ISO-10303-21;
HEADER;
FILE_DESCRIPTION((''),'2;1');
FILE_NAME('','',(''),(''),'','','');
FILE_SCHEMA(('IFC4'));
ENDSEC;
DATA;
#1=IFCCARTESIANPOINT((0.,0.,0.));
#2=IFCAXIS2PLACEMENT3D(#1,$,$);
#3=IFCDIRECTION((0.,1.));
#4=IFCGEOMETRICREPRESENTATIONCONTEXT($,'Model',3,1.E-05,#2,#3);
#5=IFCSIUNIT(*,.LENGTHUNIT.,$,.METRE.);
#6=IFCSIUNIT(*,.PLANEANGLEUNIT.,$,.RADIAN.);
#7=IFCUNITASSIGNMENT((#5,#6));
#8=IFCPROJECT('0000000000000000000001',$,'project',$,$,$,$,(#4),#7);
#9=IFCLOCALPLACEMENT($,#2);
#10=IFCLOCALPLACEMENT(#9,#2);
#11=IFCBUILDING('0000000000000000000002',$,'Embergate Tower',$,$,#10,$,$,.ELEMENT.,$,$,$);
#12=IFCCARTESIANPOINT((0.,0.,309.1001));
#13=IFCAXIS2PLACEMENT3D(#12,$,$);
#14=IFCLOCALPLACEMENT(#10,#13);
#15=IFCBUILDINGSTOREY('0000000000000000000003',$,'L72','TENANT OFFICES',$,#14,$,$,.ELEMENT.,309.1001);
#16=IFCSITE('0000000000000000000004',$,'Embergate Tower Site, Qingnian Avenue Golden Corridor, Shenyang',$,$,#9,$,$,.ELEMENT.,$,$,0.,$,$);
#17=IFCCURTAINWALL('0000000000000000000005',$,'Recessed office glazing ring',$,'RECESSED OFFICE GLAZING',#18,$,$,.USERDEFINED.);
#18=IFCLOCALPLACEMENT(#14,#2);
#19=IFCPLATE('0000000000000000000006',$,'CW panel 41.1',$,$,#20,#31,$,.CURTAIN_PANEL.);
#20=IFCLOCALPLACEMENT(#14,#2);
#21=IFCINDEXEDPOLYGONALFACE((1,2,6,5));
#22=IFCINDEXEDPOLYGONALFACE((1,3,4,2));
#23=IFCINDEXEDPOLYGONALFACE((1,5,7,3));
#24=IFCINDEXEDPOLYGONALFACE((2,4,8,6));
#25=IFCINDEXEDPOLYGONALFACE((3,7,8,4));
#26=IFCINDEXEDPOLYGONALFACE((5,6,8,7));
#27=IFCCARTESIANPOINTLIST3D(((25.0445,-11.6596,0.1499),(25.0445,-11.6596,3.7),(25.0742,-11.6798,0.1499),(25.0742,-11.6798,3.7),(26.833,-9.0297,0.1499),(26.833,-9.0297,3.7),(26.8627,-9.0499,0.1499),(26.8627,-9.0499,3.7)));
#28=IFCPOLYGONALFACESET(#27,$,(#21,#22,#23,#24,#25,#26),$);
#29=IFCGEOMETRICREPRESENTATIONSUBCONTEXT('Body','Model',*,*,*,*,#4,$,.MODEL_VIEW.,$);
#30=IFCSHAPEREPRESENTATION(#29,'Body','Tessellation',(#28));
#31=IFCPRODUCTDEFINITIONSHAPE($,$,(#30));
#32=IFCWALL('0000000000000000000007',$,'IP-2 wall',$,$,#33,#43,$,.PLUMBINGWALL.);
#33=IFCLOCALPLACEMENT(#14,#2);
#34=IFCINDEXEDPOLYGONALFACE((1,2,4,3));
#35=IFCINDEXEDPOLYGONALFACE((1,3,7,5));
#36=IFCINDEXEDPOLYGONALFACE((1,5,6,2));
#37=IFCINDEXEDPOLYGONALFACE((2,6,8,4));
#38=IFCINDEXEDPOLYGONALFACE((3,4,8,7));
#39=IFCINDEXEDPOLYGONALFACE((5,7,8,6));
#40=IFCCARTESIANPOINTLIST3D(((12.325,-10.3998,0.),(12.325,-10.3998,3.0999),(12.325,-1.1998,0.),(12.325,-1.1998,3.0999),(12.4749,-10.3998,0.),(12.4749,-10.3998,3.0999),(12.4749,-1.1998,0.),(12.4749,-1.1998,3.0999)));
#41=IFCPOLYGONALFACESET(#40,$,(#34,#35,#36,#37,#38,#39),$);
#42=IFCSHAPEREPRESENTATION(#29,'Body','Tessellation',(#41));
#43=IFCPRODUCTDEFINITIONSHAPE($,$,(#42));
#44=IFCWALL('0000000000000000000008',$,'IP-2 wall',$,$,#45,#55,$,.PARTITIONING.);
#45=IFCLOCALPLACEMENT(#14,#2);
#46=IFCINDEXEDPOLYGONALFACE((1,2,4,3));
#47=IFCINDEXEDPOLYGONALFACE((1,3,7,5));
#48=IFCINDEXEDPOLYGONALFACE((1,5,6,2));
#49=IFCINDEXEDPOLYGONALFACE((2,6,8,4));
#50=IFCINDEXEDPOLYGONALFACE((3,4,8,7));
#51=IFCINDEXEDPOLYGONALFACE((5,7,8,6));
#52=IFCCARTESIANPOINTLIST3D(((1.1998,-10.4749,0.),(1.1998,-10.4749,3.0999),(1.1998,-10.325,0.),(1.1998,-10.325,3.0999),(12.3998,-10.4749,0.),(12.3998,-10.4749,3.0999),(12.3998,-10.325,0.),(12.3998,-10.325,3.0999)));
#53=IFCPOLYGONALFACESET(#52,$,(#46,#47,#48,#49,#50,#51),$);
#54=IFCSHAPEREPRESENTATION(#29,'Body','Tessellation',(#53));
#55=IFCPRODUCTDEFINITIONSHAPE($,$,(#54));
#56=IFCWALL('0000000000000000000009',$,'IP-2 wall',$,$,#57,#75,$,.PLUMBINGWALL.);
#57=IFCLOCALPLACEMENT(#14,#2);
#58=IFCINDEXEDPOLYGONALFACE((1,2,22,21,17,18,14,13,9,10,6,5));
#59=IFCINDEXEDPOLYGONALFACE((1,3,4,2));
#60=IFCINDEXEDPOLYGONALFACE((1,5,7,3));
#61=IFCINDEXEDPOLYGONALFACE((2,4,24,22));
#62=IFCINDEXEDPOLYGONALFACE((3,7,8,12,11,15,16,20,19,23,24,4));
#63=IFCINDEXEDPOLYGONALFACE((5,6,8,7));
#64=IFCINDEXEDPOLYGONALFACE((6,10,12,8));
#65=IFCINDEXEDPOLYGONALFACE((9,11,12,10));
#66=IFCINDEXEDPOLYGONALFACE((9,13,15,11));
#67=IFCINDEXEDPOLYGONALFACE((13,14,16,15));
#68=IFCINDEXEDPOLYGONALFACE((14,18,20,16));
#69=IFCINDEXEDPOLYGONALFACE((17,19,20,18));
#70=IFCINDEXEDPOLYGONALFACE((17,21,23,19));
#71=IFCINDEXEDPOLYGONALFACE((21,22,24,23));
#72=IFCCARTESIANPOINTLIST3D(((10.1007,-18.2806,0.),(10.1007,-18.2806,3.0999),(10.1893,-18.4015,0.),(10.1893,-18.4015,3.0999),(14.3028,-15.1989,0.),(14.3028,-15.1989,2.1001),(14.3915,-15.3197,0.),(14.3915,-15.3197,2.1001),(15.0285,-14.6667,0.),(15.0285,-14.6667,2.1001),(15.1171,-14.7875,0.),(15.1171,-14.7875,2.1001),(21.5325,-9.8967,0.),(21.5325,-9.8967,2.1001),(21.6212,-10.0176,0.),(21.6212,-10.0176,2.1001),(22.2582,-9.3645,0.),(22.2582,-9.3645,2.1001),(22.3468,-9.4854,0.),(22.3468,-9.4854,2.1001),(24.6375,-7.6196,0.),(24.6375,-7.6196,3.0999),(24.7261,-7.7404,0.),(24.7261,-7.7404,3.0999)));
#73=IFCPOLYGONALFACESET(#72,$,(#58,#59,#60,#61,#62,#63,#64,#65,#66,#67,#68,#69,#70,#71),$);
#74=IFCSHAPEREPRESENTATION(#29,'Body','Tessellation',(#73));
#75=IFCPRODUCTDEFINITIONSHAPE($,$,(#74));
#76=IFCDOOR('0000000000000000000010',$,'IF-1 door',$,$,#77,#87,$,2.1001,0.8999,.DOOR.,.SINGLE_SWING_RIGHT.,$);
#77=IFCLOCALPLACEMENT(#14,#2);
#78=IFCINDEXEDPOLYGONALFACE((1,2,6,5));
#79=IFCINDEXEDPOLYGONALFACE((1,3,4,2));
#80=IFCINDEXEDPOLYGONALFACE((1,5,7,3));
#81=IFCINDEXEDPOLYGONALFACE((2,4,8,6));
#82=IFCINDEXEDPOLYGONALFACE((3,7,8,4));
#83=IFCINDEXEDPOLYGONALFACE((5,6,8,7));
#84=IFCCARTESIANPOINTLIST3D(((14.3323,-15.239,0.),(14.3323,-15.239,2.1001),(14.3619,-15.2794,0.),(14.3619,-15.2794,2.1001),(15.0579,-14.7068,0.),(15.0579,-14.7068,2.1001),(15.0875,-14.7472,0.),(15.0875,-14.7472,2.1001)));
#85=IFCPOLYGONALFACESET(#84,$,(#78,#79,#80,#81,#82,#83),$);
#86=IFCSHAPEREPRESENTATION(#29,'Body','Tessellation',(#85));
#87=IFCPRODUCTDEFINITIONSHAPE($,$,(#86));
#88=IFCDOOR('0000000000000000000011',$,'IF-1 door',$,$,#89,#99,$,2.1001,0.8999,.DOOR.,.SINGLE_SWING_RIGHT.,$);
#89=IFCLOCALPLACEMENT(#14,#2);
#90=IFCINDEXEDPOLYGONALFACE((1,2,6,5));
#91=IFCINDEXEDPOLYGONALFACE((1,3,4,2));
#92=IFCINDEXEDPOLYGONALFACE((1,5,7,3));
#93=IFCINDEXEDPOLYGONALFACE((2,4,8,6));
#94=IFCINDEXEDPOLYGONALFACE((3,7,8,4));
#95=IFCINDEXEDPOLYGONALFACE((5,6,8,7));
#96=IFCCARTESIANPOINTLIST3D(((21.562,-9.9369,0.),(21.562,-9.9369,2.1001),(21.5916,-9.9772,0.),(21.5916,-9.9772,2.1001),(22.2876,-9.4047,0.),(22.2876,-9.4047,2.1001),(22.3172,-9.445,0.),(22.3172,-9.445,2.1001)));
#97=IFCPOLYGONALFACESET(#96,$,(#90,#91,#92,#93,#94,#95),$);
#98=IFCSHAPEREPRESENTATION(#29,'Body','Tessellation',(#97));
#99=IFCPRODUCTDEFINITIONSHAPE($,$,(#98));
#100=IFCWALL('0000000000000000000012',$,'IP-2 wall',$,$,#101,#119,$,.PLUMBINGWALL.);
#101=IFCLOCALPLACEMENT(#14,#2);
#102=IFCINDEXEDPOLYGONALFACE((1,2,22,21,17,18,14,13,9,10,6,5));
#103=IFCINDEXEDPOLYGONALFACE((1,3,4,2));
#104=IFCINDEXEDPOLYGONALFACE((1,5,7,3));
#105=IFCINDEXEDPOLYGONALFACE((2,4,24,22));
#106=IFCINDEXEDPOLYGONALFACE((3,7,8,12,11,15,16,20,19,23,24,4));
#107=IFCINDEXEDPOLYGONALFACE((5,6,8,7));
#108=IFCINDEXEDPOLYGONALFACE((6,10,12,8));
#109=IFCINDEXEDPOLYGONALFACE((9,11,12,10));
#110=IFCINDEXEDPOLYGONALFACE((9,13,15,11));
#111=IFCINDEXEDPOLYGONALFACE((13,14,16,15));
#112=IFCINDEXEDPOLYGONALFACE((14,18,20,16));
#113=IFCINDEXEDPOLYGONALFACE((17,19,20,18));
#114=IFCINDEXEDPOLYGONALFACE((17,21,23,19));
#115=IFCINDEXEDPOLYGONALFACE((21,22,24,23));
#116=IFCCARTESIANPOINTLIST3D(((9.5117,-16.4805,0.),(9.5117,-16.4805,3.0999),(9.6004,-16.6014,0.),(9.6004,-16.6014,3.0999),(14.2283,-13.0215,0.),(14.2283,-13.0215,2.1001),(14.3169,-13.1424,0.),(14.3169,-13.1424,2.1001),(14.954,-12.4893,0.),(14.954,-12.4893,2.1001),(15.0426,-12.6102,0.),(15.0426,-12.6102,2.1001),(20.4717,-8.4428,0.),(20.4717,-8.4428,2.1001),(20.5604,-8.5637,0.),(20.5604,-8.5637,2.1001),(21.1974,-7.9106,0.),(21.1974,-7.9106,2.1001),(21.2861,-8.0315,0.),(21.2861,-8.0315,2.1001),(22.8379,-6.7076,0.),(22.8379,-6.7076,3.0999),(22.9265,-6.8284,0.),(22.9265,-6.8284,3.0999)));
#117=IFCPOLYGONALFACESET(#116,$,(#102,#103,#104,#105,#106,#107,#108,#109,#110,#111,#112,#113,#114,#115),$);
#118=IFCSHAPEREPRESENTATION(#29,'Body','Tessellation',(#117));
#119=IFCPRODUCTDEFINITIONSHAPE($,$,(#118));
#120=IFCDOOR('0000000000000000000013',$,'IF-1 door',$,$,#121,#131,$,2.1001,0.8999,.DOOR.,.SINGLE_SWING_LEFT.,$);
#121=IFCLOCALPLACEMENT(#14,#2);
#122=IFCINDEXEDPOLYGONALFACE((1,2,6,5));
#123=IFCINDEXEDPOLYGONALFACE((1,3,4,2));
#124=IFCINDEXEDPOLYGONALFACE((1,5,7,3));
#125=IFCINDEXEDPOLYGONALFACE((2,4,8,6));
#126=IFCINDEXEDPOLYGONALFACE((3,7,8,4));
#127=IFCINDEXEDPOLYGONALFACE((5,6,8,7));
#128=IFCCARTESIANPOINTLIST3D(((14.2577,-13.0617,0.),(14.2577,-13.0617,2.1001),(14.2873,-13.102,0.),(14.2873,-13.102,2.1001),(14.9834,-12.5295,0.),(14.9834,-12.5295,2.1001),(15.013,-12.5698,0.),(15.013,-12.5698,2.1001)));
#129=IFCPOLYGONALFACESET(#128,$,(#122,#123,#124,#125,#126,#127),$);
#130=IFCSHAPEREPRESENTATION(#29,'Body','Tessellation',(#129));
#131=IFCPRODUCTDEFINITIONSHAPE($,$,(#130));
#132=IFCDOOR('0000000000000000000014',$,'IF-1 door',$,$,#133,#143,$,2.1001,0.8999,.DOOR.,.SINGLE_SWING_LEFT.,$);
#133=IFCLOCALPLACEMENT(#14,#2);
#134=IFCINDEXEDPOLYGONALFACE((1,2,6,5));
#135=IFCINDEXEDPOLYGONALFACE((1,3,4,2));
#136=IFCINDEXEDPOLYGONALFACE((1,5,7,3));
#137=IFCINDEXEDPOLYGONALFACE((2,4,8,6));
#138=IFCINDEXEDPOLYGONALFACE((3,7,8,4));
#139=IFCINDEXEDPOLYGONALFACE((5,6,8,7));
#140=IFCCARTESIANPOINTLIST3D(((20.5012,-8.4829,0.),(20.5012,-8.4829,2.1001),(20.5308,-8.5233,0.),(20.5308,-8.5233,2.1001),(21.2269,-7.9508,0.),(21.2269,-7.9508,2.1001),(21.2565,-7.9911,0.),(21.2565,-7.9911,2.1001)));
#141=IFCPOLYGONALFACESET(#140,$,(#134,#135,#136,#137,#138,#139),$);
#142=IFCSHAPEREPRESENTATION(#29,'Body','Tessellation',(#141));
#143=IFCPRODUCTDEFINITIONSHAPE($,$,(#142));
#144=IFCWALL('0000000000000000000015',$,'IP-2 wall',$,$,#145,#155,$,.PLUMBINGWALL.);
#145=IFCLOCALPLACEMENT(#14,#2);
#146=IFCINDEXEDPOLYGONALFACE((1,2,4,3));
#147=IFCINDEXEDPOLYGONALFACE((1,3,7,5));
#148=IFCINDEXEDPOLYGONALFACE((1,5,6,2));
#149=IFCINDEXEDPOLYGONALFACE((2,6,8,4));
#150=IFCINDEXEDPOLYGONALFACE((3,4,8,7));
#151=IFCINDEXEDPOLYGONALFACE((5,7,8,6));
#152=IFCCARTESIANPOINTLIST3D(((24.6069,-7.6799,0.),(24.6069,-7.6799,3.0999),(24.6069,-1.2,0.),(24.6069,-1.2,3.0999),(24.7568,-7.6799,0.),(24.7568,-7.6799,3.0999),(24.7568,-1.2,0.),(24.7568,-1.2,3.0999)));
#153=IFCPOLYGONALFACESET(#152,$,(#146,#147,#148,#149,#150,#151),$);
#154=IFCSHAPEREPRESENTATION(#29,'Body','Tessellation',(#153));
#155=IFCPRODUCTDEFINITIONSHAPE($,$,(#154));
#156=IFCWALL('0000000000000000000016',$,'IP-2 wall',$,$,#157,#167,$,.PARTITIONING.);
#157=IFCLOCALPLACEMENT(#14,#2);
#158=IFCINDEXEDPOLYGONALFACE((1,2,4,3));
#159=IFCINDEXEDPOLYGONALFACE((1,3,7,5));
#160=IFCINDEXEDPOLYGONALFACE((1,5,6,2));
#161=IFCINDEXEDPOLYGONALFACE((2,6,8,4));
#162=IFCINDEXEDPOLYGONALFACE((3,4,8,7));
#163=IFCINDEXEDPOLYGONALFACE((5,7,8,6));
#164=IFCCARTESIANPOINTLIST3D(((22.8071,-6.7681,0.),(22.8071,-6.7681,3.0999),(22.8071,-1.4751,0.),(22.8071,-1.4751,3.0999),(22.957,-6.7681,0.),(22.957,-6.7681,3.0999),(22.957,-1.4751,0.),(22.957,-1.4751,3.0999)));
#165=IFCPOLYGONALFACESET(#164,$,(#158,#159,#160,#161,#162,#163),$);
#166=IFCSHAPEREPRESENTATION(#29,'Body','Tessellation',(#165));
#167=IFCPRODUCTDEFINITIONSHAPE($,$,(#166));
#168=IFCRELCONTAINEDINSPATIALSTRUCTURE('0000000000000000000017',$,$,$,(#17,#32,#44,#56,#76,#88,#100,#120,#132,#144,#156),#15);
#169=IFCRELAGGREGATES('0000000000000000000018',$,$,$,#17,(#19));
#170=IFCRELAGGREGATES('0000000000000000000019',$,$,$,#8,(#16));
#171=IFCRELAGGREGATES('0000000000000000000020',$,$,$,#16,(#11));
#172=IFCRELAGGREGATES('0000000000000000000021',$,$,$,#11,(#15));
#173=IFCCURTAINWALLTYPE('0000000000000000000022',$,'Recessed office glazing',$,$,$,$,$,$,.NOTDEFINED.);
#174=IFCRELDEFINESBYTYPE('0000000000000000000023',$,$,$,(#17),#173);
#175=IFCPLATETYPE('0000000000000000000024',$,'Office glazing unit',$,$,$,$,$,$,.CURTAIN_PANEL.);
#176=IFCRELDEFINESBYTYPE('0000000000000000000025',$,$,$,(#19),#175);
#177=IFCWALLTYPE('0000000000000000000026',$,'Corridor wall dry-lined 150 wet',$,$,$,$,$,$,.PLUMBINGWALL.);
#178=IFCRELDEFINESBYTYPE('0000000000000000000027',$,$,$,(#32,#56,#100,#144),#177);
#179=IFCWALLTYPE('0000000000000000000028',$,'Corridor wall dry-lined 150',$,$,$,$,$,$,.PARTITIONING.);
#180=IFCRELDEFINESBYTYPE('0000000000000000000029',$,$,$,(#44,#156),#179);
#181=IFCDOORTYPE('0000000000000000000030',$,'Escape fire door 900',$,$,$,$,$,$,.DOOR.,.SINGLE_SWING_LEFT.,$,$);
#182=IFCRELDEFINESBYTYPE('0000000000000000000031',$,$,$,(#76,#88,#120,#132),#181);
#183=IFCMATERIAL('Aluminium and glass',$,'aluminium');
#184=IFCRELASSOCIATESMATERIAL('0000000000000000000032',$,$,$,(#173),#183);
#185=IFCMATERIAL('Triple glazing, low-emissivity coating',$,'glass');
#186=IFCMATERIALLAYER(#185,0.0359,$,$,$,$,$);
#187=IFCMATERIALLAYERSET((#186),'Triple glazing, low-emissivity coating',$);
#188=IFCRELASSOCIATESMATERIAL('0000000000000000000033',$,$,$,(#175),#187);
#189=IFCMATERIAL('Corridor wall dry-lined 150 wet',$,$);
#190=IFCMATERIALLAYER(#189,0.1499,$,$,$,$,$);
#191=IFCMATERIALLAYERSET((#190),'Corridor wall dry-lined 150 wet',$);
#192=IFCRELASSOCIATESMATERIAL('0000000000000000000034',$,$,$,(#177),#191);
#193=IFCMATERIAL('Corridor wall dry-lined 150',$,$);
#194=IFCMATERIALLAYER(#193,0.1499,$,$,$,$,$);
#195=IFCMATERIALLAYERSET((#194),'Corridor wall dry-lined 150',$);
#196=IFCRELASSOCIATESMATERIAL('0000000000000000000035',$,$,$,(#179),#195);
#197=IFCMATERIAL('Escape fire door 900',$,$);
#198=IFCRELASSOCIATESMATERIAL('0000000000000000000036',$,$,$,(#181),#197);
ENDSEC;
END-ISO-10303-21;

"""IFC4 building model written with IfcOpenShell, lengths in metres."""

from ifc_helpers import new_model, si_unit, direction, frame, frame_2d, origin, origin_2d, place, context, subcontext, project, spatial, rectangle, extrude, source, transform, mapped, material, layer, layer_set, type_object, element, fill, aggregate, save


model = new_model("IFC4")

# Units and contexts
model_context = context("Model", 3, precision=1e-05, world=origin(), true_north=direction((0.0, 1.0)))
body_context = subcontext(model_context, "Body", "Model", "MODEL_VIEW")
ifc_project = project(units=[si_unit("LENGTHUNIT", "METRE"), si_unit("PLANEANGLEUNIT", "RADIAN")], contexts=[model_context])

# Site, building, storey
site_placement = place(None, origin())
site = spatial("IfcSite", under=ifc_project, at=site_placement, Name="Embergate Tower Site, Qingnian Avenue Golden Corridor, Shenyang", CompositionType="ELEMENT", RefElevation=0.0)
building_placement = place(site_placement, origin())
building = spatial("IfcBuilding", under=site, at=building_placement, Name="Embergate Tower", CompositionType="ELEMENT")
storey_placement = place(building_placement, frame((0.0, 0.0, 309.1001)))
storey = spatial("IfcBuildingStorey", under=building, at=storey_placement, Name="L72", Description="TENANT OFFICES", CompositionType="ELEMENT", Elevation=309.1001)

# Curtain wall, plate
ifc_material_1 = material(Name="Aluminium and glass", Category="aluminium")
curtain_wall_type = type_object("IfcCurtainWallType", Name="Recessed office glazing", PredefinedType="NOTDEFINED", material=ifc_material_1)
curtain_wall_placement = place(storey_placement, origin())
curtain_wall = element("IfcCurtainWall", 1, at=curtain_wall_placement, inside=storey, type_object=curtain_wall_type, Name="Recessed office glazing ring", ObjectType="RECESSED OFFICE GLAZING", PredefinedType="USERDEFINED")
ifc_material_2 = material(Name="Triple glazing, low-emissivity coating", Category="glass")
ifc_layer_1 = layer(ifc_material_2, 0.0359)
ifc_layer_set_1 = layer_set([ifc_layer_1], Name="Triple glazing, low-emissivity coating")
plate_type = type_object("IfcPlateType", Name="Office glazing unit", PredefinedType="CURTAIN_PANEL", material=ifc_layer_set_1)
shared_shape_1 = source(origin(), body_context, "Body", "SweptSolid", [
    extrude(rectangle(XDim=3.1804, YDim=0.0359, at=origin_2d()), origin(), (0.0, 0.0, 1.0), 3.55),
])
plate_1_placement = place(storey_placement, frame((25.9536, -10.3547, 0.1499), z_axis=(0.0, 0.0, 1.0), x_axis=(0.562342, 0.826905, 0.0)))
plate_1 = element("IfcPlate", 2, at=plate_1_placement, type_object=plate_type, Name="CW panel 41.1", PredefinedType="CURTAIN_PANEL", context=body_context, shape_type="MappedRepresentation", body=[
    mapped(shared_shape_1, transform((0.0, 0.0, 0.0))),
])
aggregate(curtain_wall, [plate_1])

# Walls
ifc_material_3 = material(Name="Corridor wall dry-lined 150 wet")
ifc_layer_2 = layer(ifc_material_3, 0.1499)
ifc_layer_set_2 = layer_set([ifc_layer_2], Name="Corridor wall dry-lined 150 wet")
wall_type_1 = type_object("IfcWallType", Name="Corridor wall dry-lined 150 wet", PredefinedType="PLUMBINGWALL", material=ifc_layer_set_2)
shared_shape_2 = source(origin(), body_context, "Body", "SweptSolid", [
    extrude(rectangle(XDim=9.2, YDim=0.1499, at=frame_2d((4.6001, 0.0))), origin(), (0.0, 0.0, 1.0), 3.0999),
])
wall_1_placement = place(storey_placement, frame((12.3999, -10.3999, 0.0), z_axis=(0.0, 0.0, 1.0), x_axis=(0.0, 1.0, 0.0)))
element("IfcWall", 3, at=wall_1_placement, inside=storey, type_object=wall_type_1, Name="IP-2 wall", PredefinedType="PLUMBINGWALL", context=body_context, shape_type="MappedRepresentation", body=[
    mapped(shared_shape_2, transform((0.0, 0.0, 0.0))),
])
ifc_material_4 = material(Name="Corridor wall dry-lined 150")
ifc_layer_3 = layer(ifc_material_4, 0.1499)
ifc_layer_set_3 = layer_set([ifc_layer_3], Name="Corridor wall dry-lined 150")
wall_type_2 = type_object("IfcWallType", Name="Corridor wall dry-lined 150", PredefinedType="PARTITIONING", material=ifc_layer_set_3)
shared_shape_3 = source(origin(), body_context, "Body", "SweptSolid", [
    extrude(rectangle(XDim=11.2, YDim=0.1499, at=frame_2d((5.6001, 0.0))), origin(), (0.0, 0.0, 1.0), 3.0999),
])
wall_2_placement = place(storey_placement, frame((12.3999, -10.3999, 0.0), z_axis=(0.0, 0.0, 1.0), x_axis=(-1.0, 0.0, 0.0)))
element("IfcWall", 4, at=wall_2_placement, inside=storey, type_object=wall_type_2, Name="IP-2 wall", PredefinedType="PARTITIONING", context=body_context, shape_type="MappedRepresentation", body=[
    mapped(shared_shape_3, transform((0.0, 0.0, 0.0))),
])

# Walls, openings, doors
shared_shape_4 = source(origin(), body_context, "Body", "SweptSolid", [
    extrude(rectangle(XDim=18.0271, YDim=0.1499, at=frame_2d((9.0137, 0.0))), origin(), (0.0, 0.0, 1.0), 3.0999),
])
wall_3_placement = place(storey_placement, frame((24.6819, -7.6799, 0.0), z_axis=(0.0, 0.0, 1.0), x_axis=(-0.806385, -0.591391, 0.0)))
wall_3 = element("IfcWall", 5, at=wall_3_placement, inside=storey, type_object=wall_type_1, Name="IP-2 wall", PredefinedType="PLUMBINGWALL", context=body_context, shape_type="MappedRepresentation", body=[
    mapped(shared_shape_4, transform((0.0, 0.0, 0.0))),
])
shared_shape_5 = source(origin(), body_context, "Body", "SweptSolid", [
    extrude(rectangle(XDim=0.8999, YDim=2.1001, at=frame_2d((0.45, 1.05))), frame((0.0, 0.085, 0.0), z_axis=(0.0, -1.0, 0.0), x_axis=(1.0, 0.0, 0.0)), (0.0, 0.0, 1.0), 0.1699),
])
opening_1_placement = place(wall_3_placement, frame((11.9163, 0.0, 0.0)))
opening_1 = element("IfcOpeningElement", 6, at=opening_1_placement, cuts=wall_3, PredefinedType="OPENING", context=body_context, shape_type="MappedRepresentation", body=[
    mapped(shared_shape_5, transform((0.0, 0.0, 0.0))),
])
opening_2_placement = place(wall_3_placement, frame((2.9507, 0.0, 0.0)))
opening_2 = element("IfcOpeningElement", 7, at=opening_2_placement, cuts=wall_3, PredefinedType="OPENING", context=body_context, shape_type="MappedRepresentation", body=[
    mapped(shared_shape_5, transform((0.0, 0.0, 0.0))),
])
ifc_material_5 = material(Name="Escape fire door 900")
door_type = type_object("IfcDoorType", Name="Escape fire door 900", OperationType="SINGLE_SWING_LEFT", PredefinedType="DOOR", material=ifc_material_5)
shared_shape_6 = source(origin(), body_context, "Body", "SweptSolid", [
    extrude(rectangle(XDim=0.8999, YDim=2.1001, at=frame_2d((0.45, 1.05))), frame((0.0, 0.0249, 0.0), z_axis=(0.0, -1.0, 0.0), x_axis=(1.0, 0.0, 0.0)), (0.0, 0.0, 1.0), 0.05),
])
door_1_placement = place(opening_1_placement, origin())
door_1 = element("IfcDoor", 8, at=door_1_placement, inside=storey, type_object=door_type, Name="IF-1 door", OperationType="SINGLE_SWING_RIGHT", OverallHeight=2.1001, OverallWidth=0.8999, PredefinedType="DOOR", context=body_context, shape_type="MappedRepresentation", body=[
    mapped(shared_shape_6, transform((0.0, 0.0, 0.0))),
])
fill(opening_1, door_1)
door_2_placement = place(opening_2_placement, origin())
door_2 = element("IfcDoor", 9, at=door_2_placement, inside=storey, type_object=door_type, Name="IF-1 door", OperationType="SINGLE_SWING_RIGHT", OverallHeight=2.1001, OverallWidth=0.8999, PredefinedType="DOOR", context=body_context, shape_type="MappedRepresentation", body=[
    mapped(shared_shape_6, transform((0.0, 0.0, 0.0))),
])
fill(opening_2, door_2)
shared_shape_7 = source(origin(), body_context, "Body", "SweptSolid", [
    extrude(rectangle(XDim=16.5256, YDim=0.1499, at=frame_2d((8.2627, 0.0))), origin(), (0.0, 0.0, 1.0), 3.0999),
])
wall_4_placement = place(storey_placement, frame((22.8821, -6.7681, 0.0), z_axis=(0.0, 0.0, 1.0), x_axis=(-0.806393, -0.59138, 0.0)))
wall_4 = element("IfcWall", 10, at=wall_4_placement, inside=storey, type_object=wall_type_1, Name="IP-2 wall", PredefinedType="PLUMBINGWALL", context=body_context, shape_type="MappedRepresentation", body=[
    mapped(shared_shape_7, transform((0.0, 0.0, 0.0))),
])
opening_3_placement = place(wall_4_placement, frame((9.7766, 0.0, 0.0)))
opening_3 = element("IfcOpeningElement", 11, at=opening_3_placement, cuts=wall_4, PredefinedType="OPENING", context=body_context, shape_type="MappedRepresentation", body=[
    mapped(shared_shape_5, transform((0.0, 0.0, 0.0))),
])
opening_4_placement = place(wall_4_placement, frame((2.0342, 0.0, 0.0)))
opening_4 = element("IfcOpeningElement", 12, at=opening_4_placement, cuts=wall_4, PredefinedType="OPENING", context=body_context, shape_type="MappedRepresentation", body=[
    mapped(shared_shape_5, transform((0.0, 0.0, 0.0))),
])
door_3_placement = place(opening_3_placement, origin())
door_3 = element("IfcDoor", 13, at=door_3_placement, inside=storey, type_object=door_type, Name="IF-1 door", OperationType="SINGLE_SWING_LEFT", OverallHeight=2.1001, OverallWidth=0.8999, PredefinedType="DOOR", context=body_context, shape_type="MappedRepresentation", body=[
    mapped(shared_shape_6, transform((0.0, 0.0, 0.0))),
])
fill(opening_3, door_3)
door_4_placement = place(opening_4_placement, origin())
door_4 = element("IfcDoor", 14, at=door_4_placement, inside=storey, type_object=door_type, Name="IF-1 door", OperationType="SINGLE_SWING_LEFT", OverallHeight=2.1001, OverallWidth=0.8999, PredefinedType="DOOR", context=body_context, shape_type="MappedRepresentation", body=[
    mapped(shared_shape_6, transform((0.0, 0.0, 0.0))),
])
fill(opening_4, door_4)

# Walls
shared_shape_8 = source(origin(), body_context, "Body", "SweptSolid", [
    extrude(rectangle(XDim=6.48, YDim=0.1499, at=frame_2d((3.24, 0.0))), origin(), (0.0, 0.0, 1.0), 3.0999),
])
wall_5_placement = place(storey_placement, frame((24.6819, -7.6799, 0.0), z_axis=(0.0, 0.0, 1.0), x_axis=(0.0, 1.0, 0.0)))
element("IfcWall", 15, at=wall_5_placement, inside=storey, type_object=wall_type_1, Name="IP-2 wall", PredefinedType="PLUMBINGWALL", context=body_context, shape_type="MappedRepresentation", body=[
    mapped(shared_shape_8, transform((0.0, 0.0, 0.0))),
])
shared_shape_9 = source(origin(), body_context, "Body", "SweptSolid", [
    extrude(rectangle(XDim=5.293, YDim=0.1499, at=frame_2d((2.6465, 0.0))), origin(), (0.0, 0.0, 1.0), 3.0999),
])
wall_6_placement = place(storey_placement, frame((22.8821, -1.4751, 0.0), z_axis=(0.0, 0.0, 1.0), x_axis=(0.0, -1.0, 0.0)))
element("IfcWall", 16, at=wall_6_placement, inside=storey, type_object=wall_type_2, Name="IP-2 wall", PredefinedType="PARTITIONING", context=body_context, shape_type="MappedRepresentation", body=[
    mapped(shared_shape_9, transform((0.0, 0.0, 0.0))),
])

save(model, "model.ifc")
